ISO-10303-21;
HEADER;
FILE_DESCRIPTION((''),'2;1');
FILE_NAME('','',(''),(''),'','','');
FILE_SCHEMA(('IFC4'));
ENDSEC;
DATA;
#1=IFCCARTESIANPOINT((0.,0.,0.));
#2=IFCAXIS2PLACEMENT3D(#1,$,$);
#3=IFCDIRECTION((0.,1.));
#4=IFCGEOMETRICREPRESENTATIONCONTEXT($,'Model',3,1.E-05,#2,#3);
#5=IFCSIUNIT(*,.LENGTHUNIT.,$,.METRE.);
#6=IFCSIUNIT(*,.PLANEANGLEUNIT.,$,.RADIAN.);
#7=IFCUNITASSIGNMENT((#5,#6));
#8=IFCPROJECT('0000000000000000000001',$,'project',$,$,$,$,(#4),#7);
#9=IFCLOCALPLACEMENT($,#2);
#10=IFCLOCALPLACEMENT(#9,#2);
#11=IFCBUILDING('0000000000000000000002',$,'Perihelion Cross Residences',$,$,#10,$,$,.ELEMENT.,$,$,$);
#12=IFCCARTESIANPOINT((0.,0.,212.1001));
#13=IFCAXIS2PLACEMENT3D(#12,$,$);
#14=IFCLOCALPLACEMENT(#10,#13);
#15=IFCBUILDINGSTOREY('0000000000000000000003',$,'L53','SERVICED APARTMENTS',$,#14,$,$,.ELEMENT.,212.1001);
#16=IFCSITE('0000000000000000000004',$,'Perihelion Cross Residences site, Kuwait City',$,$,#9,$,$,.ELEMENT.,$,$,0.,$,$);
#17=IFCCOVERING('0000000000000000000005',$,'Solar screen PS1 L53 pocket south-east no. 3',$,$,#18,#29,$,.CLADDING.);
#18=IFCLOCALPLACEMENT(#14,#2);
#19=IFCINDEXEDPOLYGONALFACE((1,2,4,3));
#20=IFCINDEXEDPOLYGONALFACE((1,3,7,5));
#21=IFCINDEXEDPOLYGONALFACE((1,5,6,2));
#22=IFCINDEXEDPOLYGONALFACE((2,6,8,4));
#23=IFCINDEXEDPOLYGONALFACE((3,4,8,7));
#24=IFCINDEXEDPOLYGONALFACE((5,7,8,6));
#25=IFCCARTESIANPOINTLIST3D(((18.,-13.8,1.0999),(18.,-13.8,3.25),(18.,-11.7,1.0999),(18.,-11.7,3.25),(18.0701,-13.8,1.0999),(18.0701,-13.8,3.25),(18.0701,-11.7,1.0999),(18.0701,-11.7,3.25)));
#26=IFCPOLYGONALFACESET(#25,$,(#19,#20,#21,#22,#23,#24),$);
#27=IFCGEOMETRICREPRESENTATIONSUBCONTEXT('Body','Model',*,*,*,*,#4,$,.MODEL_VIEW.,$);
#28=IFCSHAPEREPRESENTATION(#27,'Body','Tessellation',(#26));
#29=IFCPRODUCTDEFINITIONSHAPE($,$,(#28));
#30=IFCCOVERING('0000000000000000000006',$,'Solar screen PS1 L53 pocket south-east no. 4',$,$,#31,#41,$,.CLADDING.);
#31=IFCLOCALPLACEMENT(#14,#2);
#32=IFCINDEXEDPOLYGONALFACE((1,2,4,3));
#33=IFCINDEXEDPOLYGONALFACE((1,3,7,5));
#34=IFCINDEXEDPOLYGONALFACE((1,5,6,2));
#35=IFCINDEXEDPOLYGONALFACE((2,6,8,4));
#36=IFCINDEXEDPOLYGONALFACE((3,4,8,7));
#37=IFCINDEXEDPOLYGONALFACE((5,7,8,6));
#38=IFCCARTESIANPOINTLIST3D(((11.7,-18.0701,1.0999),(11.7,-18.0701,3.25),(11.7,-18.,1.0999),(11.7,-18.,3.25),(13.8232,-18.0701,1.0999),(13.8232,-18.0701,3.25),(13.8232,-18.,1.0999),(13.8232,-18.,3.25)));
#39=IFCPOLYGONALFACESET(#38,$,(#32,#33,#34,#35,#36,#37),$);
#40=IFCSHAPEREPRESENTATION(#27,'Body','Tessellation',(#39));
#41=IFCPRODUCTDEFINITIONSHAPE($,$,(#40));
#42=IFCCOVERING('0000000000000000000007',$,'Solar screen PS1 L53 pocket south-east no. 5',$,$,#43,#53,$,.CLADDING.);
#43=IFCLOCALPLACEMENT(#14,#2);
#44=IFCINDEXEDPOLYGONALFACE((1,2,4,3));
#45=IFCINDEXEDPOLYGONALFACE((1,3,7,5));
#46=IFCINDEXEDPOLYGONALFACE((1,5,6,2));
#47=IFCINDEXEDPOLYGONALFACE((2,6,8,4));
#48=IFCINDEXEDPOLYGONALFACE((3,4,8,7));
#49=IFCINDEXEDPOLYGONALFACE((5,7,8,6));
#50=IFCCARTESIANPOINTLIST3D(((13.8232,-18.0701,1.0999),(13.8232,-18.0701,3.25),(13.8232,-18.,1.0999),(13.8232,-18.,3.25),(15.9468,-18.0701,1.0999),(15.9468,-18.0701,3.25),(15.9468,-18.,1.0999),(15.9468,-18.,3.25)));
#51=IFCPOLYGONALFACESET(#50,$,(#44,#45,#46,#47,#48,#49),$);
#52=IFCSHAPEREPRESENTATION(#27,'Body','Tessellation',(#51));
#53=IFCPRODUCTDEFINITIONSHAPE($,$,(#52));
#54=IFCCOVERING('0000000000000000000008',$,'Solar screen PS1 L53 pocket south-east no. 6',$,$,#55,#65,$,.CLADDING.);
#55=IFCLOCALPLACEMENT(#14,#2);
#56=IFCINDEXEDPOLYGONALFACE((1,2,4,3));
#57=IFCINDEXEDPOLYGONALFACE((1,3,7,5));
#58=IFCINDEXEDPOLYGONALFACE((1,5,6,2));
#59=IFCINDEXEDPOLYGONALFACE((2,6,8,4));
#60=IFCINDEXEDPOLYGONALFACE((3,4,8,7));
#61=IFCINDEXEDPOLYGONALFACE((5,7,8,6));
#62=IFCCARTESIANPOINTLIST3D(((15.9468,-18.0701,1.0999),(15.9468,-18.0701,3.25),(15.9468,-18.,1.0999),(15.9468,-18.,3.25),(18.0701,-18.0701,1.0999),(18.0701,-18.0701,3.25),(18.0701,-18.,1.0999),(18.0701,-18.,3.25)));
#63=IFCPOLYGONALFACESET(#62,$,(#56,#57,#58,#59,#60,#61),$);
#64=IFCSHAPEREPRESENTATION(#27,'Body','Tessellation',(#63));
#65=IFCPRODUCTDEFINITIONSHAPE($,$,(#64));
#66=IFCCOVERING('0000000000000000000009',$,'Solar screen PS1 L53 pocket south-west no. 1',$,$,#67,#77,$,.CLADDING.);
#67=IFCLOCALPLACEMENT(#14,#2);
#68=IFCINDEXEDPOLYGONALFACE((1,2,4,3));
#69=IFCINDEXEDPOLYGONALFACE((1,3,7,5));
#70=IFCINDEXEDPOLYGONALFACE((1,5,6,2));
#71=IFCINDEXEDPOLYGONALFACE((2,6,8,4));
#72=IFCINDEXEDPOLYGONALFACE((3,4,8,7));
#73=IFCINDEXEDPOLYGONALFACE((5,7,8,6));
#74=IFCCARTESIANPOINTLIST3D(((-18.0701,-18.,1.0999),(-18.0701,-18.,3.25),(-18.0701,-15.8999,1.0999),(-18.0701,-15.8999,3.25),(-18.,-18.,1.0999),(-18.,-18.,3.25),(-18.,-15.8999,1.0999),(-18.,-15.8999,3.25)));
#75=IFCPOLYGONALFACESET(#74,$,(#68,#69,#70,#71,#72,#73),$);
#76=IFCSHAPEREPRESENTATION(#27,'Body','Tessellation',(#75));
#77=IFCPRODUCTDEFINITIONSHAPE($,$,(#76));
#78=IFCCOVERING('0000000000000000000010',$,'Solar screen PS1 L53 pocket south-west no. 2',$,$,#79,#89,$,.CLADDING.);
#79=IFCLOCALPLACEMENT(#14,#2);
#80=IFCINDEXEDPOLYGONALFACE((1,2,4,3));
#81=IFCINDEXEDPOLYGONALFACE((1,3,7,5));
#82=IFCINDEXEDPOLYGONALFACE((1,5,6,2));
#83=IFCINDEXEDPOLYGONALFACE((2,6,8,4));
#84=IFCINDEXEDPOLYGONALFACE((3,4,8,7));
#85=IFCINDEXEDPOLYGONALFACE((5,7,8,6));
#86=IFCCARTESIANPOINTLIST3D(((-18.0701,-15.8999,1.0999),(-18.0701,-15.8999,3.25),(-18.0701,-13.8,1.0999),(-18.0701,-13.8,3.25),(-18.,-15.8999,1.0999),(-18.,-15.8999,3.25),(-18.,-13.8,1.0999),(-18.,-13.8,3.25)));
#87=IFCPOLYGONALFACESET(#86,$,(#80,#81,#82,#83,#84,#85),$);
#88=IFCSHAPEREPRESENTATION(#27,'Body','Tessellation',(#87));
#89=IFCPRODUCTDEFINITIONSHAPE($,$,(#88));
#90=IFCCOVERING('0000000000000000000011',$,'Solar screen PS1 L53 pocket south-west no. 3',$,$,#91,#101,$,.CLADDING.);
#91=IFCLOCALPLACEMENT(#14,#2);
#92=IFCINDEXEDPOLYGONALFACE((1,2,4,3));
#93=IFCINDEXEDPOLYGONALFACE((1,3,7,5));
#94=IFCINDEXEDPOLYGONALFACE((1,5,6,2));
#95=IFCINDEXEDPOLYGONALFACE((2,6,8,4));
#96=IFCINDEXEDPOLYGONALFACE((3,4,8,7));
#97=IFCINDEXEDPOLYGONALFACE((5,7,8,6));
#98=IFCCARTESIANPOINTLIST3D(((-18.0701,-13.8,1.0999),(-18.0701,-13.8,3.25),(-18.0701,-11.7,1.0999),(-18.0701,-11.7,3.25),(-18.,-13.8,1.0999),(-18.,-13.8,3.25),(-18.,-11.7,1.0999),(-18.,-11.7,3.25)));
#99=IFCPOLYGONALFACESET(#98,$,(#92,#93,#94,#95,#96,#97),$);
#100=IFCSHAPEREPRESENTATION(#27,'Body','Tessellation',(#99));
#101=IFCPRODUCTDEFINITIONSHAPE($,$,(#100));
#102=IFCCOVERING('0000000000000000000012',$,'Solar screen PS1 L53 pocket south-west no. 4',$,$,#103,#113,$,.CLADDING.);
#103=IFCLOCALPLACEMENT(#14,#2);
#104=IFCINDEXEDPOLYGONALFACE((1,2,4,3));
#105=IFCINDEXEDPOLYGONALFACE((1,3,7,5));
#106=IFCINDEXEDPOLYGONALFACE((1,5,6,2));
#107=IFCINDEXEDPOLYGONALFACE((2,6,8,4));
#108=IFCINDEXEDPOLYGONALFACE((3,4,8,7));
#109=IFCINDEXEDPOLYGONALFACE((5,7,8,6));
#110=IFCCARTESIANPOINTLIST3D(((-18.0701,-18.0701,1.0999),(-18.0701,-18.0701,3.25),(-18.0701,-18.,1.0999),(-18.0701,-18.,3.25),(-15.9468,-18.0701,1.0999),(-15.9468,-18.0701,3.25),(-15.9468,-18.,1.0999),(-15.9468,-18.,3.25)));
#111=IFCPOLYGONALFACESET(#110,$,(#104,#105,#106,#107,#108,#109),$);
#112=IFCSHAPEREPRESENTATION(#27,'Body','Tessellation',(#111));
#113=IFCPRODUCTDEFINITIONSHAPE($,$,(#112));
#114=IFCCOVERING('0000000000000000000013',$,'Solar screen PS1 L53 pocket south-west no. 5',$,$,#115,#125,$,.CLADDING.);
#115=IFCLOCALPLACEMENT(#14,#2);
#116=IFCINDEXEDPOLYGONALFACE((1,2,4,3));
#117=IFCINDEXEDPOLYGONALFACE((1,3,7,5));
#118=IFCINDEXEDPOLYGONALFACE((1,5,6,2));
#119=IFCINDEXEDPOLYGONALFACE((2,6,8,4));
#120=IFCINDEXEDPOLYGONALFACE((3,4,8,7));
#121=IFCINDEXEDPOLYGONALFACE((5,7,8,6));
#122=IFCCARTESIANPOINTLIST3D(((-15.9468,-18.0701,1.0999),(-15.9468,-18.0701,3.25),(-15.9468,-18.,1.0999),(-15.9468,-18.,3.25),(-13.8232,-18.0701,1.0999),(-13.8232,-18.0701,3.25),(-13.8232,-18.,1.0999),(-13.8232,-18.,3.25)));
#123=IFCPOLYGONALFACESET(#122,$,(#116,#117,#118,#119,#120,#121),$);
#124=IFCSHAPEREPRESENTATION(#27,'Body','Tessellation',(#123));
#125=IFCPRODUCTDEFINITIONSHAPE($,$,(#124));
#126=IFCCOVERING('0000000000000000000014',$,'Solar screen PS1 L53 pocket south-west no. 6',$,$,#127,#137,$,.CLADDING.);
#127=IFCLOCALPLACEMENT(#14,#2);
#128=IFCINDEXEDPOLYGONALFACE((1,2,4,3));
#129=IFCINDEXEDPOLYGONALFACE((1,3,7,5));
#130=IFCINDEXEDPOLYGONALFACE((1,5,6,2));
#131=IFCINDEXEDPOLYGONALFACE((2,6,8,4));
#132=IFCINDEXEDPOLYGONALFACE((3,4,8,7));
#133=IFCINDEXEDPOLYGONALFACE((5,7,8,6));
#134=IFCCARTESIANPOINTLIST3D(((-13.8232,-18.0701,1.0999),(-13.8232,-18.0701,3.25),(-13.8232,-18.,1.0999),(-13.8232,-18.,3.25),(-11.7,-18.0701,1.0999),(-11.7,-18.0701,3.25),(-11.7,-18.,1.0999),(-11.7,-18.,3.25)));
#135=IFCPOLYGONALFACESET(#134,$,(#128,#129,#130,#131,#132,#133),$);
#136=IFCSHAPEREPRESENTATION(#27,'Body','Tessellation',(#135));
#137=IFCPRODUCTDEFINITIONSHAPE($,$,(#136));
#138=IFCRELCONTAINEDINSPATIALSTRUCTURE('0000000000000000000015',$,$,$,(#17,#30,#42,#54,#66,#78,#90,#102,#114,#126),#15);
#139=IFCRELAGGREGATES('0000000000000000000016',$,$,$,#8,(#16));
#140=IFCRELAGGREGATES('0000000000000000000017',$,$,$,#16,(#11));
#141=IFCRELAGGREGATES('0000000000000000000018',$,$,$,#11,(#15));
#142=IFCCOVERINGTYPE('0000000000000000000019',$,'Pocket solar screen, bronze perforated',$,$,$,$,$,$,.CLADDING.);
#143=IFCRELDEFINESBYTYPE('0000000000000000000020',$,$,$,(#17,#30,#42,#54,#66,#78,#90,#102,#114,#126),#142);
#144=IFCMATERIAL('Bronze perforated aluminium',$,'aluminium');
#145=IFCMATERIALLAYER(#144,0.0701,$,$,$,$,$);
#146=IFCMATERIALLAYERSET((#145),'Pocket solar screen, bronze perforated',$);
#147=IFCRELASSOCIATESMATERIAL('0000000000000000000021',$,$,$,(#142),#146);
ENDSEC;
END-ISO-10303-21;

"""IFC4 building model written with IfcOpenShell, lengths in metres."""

from ifc_helpers import new_model, si_unit, direction, frame, origin, place, context, subcontext, project, spatial, polyline, outline, extrude, material, layer, layer_set, type_object, element, save


model = new_model("IFC4")

# Units and contexts
model_context = context("Model", 3, precision=1e-05, world=origin(), true_north=direction((0.0, 1.0)))
body_context = subcontext(model_context, "Body", "Model", "MODEL_VIEW")
ifc_project = project(units=[si_unit("LENGTHUNIT", "METRE"), si_unit("PLANEANGLEUNIT", "RADIAN")], contexts=[model_context])

# Site, building, storey
site_placement = place(None, origin())
site = spatial("IfcSite", under=ifc_project, at=site_placement, Name="Perihelion Cross Residences site, Kuwait City", CompositionType="ELEMENT", RefElevation=0.0)
building_placement = place(site_placement, origin())
building = spatial("IfcBuilding", under=site, at=building_placement, Name="Perihelion Cross Residences", CompositionType="ELEMENT")
storey_placement = place(building_placement, frame((0.0, 0.0, 212.1001)))
storey = spatial("IfcBuildingStorey", under=building, at=storey_placement, Name="L53", Description="SERVICED APARTMENTS", CompositionType="ELEMENT", Elevation=212.1001)

# Coverings
ifc_material_1 = material(Name="Bronze perforated aluminium", Category="aluminium")
ifc_layer_1 = layer(ifc_material_1, 0.0701)
ifc_layer_set_1 = layer_set([ifc_layer_1], Name="Pocket solar screen, bronze perforated")
covering_type_1 = type_object("IfcCoveringType", Name="Pocket solar screen, bronze perforated", PredefinedType="CLADDING", material=ifc_layer_set_1)
covering_1_placement = place(storey_placement, frame((0.0, 0.0, 1.0999)))
element("IfcCovering", 1, at=covering_1_placement, inside=storey, type_object=covering_type_1, Name="Solar screen PS1 L53 pocket south-east no. 3", PredefinedType="CLADDING", context=body_context, shape_type="SweptSolid", body=[
    extrude(outline(polyline([(18.0701, -13.8), (18.0701, -11.7), (18.0, -11.7), (18.0, -13.8), (18.0701, -13.8)])), origin(), (0.0, 0.0, 1.0), 2.1501),
])
covering_2_placement = place(storey_placement, frame((0.0, 0.0, 1.0999)))
element("IfcCovering", 2, at=covering_2_placement, inside=storey, type_object=covering_type_1, Name="Solar screen PS1 L53 pocket south-east no. 4", PredefinedType="CLADDING", context=body_context, shape_type="SweptSolid", body=[
    extrude(outline(polyline([(13.8232, -18.0701), (13.8232, -18.0), (11.7, -18.0), (11.7, -18.0701), (13.8232, -18.0701)])), origin(), (0.0, 0.0, 1.0), 2.1501),
])
covering_3_placement = place(storey_placement, frame((0.0, 0.0, 1.0999)))
element("IfcCovering", 3, at=covering_3_placement, inside=storey, type_object=covering_type_1, Name="Solar screen PS1 L53 pocket south-east no. 5", PredefinedType="CLADDING", context=body_context, shape_type="SweptSolid", body=[
    extrude(outline(polyline([(15.9468, -18.0701), (15.9468, -18.0), (13.8232, -18.0), (13.8232, -18.0701), (15.9468, -18.0701)])), origin(), (0.0, 0.0, 1.0), 2.1501),
])
covering_4_placement = place(storey_placement, frame((0.0, 0.0, 1.0999)))
element("IfcCovering", 4, at=covering_4_placement, inside=storey, type_object=covering_type_1, Name="Solar screen PS1 L53 pocket south-east no. 6", PredefinedType="CLADDING", context=body_context, shape_type="SweptSolid", body=[
    extrude(outline(polyline([(18.0701, -18.0701), (18.0701, -18.0), (15.9468, -18.0), (15.9468, -18.0701), (18.0701, -18.0701)])), origin(), (0.0, 0.0, 1.0), 2.1501),
])
covering_5_placement = place(storey_placement, frame((0.0, 0.0, 1.0999)))
element("IfcCovering", 5, at=covering_5_placement, inside=storey, type_object=covering_type_1, Name="Solar screen PS1 L53 pocket south-west no. 1", PredefinedType="CLADDING", context=body_context, shape_type="SweptSolid", body=[
    extrude(outline(polyline([(-18.0, -18.0), (-18.0, -15.8999), (-18.0701, -15.8999), (-18.0701, -18.0), (-18.0, -18.0)])), origin(), (0.0, 0.0, 1.0), 2.1501),
])
covering_6_placement = place(storey_placement, frame((0.0, 0.0, 1.0999)))
element("IfcCovering", 6, at=covering_6_placement, inside=storey, type_object=covering_type_1, Name="Solar screen PS1 L53 pocket south-west no. 2", PredefinedType="CLADDING", context=body_context, shape_type="SweptSolid", body=[
    extrude(outline(polyline([(-18.0, -15.8999), (-18.0, -13.8), (-18.0701, -13.8), (-18.0701, -15.8999), (-18.0, -15.8999)])), origin(), (0.0, 0.0, 1.0), 2.1501),
])
covering_7_placement = place(storey_placement, frame((0.0, 0.0, 1.0999)))
element("IfcCovering", 7, at=covering_7_placement, inside=storey, type_object=covering_type_1, Name="Solar screen PS1 L53 pocket south-west no. 3", PredefinedType="CLADDING", context=body_context, shape_type="SweptSolid", body=[
    extrude(outline(polyline([(-18.0, -13.8), (-18.0, -11.7), (-18.0701, -11.7), (-18.0701, -13.8), (-18.0, -13.8)])), origin(), (0.0, 0.0, 1.0), 2.1501),
])
covering_8_placement = place(storey_placement, frame((0.0, 0.0, 1.0999)))
element("IfcCovering", 8, at=covering_8_placement, inside=storey, type_object=covering_type_1, Name="Solar screen PS1 L53 pocket south-west no. 4", PredefinedType="CLADDING", context=body_context, shape_type="SweptSolid", body=[
    extrude(outline(polyline([(-15.9468, -18.0701), (-15.9468, -18.0), (-18.0701, -18.0), (-18.0701, -18.0701), (-15.9468, -18.0701)])), origin(), (0.0, 0.0, 1.0), 2.1501),
])
covering_9_placement = place(storey_placement, frame((0.0, 0.0, 1.0999)))
element("IfcCovering", 9, at=covering_9_placement, inside=storey, type_object=covering_type_1, Name="Solar screen PS1 L53 pocket south-west no. 5", PredefinedType="CLADDING", context=body_context, shape_type="SweptSolid", body=[
    extrude(outline(polyline([(-13.8232, -18.0701), (-13.8232, -18.0), (-15.9468, -18.0), (-15.9468, -18.0701), (-13.8232, -18.0701)])), origin(), (0.0, 0.0, 1.0), 2.1501),
])
covering_10_placement = place(storey_placement, frame((0.0, 0.0, 1.0999)))
element("IfcCovering", 10, at=covering_10_placement, inside=storey, type_object=covering_type_1, Name="Solar screen PS1 L53 pocket south-west no. 6", PredefinedType="CLADDING", context=body_context, shape_type="SweptSolid", body=[
    extrude(outline(polyline([(-11.7, -18.0701), (-11.7, -18.0), (-13.8232, -18.0), (-13.8232, -18.0701), (-11.7, -18.0701)])), origin(), (0.0, 0.0, 1.0), 2.1501),
])

save(model, "model.ifc")
